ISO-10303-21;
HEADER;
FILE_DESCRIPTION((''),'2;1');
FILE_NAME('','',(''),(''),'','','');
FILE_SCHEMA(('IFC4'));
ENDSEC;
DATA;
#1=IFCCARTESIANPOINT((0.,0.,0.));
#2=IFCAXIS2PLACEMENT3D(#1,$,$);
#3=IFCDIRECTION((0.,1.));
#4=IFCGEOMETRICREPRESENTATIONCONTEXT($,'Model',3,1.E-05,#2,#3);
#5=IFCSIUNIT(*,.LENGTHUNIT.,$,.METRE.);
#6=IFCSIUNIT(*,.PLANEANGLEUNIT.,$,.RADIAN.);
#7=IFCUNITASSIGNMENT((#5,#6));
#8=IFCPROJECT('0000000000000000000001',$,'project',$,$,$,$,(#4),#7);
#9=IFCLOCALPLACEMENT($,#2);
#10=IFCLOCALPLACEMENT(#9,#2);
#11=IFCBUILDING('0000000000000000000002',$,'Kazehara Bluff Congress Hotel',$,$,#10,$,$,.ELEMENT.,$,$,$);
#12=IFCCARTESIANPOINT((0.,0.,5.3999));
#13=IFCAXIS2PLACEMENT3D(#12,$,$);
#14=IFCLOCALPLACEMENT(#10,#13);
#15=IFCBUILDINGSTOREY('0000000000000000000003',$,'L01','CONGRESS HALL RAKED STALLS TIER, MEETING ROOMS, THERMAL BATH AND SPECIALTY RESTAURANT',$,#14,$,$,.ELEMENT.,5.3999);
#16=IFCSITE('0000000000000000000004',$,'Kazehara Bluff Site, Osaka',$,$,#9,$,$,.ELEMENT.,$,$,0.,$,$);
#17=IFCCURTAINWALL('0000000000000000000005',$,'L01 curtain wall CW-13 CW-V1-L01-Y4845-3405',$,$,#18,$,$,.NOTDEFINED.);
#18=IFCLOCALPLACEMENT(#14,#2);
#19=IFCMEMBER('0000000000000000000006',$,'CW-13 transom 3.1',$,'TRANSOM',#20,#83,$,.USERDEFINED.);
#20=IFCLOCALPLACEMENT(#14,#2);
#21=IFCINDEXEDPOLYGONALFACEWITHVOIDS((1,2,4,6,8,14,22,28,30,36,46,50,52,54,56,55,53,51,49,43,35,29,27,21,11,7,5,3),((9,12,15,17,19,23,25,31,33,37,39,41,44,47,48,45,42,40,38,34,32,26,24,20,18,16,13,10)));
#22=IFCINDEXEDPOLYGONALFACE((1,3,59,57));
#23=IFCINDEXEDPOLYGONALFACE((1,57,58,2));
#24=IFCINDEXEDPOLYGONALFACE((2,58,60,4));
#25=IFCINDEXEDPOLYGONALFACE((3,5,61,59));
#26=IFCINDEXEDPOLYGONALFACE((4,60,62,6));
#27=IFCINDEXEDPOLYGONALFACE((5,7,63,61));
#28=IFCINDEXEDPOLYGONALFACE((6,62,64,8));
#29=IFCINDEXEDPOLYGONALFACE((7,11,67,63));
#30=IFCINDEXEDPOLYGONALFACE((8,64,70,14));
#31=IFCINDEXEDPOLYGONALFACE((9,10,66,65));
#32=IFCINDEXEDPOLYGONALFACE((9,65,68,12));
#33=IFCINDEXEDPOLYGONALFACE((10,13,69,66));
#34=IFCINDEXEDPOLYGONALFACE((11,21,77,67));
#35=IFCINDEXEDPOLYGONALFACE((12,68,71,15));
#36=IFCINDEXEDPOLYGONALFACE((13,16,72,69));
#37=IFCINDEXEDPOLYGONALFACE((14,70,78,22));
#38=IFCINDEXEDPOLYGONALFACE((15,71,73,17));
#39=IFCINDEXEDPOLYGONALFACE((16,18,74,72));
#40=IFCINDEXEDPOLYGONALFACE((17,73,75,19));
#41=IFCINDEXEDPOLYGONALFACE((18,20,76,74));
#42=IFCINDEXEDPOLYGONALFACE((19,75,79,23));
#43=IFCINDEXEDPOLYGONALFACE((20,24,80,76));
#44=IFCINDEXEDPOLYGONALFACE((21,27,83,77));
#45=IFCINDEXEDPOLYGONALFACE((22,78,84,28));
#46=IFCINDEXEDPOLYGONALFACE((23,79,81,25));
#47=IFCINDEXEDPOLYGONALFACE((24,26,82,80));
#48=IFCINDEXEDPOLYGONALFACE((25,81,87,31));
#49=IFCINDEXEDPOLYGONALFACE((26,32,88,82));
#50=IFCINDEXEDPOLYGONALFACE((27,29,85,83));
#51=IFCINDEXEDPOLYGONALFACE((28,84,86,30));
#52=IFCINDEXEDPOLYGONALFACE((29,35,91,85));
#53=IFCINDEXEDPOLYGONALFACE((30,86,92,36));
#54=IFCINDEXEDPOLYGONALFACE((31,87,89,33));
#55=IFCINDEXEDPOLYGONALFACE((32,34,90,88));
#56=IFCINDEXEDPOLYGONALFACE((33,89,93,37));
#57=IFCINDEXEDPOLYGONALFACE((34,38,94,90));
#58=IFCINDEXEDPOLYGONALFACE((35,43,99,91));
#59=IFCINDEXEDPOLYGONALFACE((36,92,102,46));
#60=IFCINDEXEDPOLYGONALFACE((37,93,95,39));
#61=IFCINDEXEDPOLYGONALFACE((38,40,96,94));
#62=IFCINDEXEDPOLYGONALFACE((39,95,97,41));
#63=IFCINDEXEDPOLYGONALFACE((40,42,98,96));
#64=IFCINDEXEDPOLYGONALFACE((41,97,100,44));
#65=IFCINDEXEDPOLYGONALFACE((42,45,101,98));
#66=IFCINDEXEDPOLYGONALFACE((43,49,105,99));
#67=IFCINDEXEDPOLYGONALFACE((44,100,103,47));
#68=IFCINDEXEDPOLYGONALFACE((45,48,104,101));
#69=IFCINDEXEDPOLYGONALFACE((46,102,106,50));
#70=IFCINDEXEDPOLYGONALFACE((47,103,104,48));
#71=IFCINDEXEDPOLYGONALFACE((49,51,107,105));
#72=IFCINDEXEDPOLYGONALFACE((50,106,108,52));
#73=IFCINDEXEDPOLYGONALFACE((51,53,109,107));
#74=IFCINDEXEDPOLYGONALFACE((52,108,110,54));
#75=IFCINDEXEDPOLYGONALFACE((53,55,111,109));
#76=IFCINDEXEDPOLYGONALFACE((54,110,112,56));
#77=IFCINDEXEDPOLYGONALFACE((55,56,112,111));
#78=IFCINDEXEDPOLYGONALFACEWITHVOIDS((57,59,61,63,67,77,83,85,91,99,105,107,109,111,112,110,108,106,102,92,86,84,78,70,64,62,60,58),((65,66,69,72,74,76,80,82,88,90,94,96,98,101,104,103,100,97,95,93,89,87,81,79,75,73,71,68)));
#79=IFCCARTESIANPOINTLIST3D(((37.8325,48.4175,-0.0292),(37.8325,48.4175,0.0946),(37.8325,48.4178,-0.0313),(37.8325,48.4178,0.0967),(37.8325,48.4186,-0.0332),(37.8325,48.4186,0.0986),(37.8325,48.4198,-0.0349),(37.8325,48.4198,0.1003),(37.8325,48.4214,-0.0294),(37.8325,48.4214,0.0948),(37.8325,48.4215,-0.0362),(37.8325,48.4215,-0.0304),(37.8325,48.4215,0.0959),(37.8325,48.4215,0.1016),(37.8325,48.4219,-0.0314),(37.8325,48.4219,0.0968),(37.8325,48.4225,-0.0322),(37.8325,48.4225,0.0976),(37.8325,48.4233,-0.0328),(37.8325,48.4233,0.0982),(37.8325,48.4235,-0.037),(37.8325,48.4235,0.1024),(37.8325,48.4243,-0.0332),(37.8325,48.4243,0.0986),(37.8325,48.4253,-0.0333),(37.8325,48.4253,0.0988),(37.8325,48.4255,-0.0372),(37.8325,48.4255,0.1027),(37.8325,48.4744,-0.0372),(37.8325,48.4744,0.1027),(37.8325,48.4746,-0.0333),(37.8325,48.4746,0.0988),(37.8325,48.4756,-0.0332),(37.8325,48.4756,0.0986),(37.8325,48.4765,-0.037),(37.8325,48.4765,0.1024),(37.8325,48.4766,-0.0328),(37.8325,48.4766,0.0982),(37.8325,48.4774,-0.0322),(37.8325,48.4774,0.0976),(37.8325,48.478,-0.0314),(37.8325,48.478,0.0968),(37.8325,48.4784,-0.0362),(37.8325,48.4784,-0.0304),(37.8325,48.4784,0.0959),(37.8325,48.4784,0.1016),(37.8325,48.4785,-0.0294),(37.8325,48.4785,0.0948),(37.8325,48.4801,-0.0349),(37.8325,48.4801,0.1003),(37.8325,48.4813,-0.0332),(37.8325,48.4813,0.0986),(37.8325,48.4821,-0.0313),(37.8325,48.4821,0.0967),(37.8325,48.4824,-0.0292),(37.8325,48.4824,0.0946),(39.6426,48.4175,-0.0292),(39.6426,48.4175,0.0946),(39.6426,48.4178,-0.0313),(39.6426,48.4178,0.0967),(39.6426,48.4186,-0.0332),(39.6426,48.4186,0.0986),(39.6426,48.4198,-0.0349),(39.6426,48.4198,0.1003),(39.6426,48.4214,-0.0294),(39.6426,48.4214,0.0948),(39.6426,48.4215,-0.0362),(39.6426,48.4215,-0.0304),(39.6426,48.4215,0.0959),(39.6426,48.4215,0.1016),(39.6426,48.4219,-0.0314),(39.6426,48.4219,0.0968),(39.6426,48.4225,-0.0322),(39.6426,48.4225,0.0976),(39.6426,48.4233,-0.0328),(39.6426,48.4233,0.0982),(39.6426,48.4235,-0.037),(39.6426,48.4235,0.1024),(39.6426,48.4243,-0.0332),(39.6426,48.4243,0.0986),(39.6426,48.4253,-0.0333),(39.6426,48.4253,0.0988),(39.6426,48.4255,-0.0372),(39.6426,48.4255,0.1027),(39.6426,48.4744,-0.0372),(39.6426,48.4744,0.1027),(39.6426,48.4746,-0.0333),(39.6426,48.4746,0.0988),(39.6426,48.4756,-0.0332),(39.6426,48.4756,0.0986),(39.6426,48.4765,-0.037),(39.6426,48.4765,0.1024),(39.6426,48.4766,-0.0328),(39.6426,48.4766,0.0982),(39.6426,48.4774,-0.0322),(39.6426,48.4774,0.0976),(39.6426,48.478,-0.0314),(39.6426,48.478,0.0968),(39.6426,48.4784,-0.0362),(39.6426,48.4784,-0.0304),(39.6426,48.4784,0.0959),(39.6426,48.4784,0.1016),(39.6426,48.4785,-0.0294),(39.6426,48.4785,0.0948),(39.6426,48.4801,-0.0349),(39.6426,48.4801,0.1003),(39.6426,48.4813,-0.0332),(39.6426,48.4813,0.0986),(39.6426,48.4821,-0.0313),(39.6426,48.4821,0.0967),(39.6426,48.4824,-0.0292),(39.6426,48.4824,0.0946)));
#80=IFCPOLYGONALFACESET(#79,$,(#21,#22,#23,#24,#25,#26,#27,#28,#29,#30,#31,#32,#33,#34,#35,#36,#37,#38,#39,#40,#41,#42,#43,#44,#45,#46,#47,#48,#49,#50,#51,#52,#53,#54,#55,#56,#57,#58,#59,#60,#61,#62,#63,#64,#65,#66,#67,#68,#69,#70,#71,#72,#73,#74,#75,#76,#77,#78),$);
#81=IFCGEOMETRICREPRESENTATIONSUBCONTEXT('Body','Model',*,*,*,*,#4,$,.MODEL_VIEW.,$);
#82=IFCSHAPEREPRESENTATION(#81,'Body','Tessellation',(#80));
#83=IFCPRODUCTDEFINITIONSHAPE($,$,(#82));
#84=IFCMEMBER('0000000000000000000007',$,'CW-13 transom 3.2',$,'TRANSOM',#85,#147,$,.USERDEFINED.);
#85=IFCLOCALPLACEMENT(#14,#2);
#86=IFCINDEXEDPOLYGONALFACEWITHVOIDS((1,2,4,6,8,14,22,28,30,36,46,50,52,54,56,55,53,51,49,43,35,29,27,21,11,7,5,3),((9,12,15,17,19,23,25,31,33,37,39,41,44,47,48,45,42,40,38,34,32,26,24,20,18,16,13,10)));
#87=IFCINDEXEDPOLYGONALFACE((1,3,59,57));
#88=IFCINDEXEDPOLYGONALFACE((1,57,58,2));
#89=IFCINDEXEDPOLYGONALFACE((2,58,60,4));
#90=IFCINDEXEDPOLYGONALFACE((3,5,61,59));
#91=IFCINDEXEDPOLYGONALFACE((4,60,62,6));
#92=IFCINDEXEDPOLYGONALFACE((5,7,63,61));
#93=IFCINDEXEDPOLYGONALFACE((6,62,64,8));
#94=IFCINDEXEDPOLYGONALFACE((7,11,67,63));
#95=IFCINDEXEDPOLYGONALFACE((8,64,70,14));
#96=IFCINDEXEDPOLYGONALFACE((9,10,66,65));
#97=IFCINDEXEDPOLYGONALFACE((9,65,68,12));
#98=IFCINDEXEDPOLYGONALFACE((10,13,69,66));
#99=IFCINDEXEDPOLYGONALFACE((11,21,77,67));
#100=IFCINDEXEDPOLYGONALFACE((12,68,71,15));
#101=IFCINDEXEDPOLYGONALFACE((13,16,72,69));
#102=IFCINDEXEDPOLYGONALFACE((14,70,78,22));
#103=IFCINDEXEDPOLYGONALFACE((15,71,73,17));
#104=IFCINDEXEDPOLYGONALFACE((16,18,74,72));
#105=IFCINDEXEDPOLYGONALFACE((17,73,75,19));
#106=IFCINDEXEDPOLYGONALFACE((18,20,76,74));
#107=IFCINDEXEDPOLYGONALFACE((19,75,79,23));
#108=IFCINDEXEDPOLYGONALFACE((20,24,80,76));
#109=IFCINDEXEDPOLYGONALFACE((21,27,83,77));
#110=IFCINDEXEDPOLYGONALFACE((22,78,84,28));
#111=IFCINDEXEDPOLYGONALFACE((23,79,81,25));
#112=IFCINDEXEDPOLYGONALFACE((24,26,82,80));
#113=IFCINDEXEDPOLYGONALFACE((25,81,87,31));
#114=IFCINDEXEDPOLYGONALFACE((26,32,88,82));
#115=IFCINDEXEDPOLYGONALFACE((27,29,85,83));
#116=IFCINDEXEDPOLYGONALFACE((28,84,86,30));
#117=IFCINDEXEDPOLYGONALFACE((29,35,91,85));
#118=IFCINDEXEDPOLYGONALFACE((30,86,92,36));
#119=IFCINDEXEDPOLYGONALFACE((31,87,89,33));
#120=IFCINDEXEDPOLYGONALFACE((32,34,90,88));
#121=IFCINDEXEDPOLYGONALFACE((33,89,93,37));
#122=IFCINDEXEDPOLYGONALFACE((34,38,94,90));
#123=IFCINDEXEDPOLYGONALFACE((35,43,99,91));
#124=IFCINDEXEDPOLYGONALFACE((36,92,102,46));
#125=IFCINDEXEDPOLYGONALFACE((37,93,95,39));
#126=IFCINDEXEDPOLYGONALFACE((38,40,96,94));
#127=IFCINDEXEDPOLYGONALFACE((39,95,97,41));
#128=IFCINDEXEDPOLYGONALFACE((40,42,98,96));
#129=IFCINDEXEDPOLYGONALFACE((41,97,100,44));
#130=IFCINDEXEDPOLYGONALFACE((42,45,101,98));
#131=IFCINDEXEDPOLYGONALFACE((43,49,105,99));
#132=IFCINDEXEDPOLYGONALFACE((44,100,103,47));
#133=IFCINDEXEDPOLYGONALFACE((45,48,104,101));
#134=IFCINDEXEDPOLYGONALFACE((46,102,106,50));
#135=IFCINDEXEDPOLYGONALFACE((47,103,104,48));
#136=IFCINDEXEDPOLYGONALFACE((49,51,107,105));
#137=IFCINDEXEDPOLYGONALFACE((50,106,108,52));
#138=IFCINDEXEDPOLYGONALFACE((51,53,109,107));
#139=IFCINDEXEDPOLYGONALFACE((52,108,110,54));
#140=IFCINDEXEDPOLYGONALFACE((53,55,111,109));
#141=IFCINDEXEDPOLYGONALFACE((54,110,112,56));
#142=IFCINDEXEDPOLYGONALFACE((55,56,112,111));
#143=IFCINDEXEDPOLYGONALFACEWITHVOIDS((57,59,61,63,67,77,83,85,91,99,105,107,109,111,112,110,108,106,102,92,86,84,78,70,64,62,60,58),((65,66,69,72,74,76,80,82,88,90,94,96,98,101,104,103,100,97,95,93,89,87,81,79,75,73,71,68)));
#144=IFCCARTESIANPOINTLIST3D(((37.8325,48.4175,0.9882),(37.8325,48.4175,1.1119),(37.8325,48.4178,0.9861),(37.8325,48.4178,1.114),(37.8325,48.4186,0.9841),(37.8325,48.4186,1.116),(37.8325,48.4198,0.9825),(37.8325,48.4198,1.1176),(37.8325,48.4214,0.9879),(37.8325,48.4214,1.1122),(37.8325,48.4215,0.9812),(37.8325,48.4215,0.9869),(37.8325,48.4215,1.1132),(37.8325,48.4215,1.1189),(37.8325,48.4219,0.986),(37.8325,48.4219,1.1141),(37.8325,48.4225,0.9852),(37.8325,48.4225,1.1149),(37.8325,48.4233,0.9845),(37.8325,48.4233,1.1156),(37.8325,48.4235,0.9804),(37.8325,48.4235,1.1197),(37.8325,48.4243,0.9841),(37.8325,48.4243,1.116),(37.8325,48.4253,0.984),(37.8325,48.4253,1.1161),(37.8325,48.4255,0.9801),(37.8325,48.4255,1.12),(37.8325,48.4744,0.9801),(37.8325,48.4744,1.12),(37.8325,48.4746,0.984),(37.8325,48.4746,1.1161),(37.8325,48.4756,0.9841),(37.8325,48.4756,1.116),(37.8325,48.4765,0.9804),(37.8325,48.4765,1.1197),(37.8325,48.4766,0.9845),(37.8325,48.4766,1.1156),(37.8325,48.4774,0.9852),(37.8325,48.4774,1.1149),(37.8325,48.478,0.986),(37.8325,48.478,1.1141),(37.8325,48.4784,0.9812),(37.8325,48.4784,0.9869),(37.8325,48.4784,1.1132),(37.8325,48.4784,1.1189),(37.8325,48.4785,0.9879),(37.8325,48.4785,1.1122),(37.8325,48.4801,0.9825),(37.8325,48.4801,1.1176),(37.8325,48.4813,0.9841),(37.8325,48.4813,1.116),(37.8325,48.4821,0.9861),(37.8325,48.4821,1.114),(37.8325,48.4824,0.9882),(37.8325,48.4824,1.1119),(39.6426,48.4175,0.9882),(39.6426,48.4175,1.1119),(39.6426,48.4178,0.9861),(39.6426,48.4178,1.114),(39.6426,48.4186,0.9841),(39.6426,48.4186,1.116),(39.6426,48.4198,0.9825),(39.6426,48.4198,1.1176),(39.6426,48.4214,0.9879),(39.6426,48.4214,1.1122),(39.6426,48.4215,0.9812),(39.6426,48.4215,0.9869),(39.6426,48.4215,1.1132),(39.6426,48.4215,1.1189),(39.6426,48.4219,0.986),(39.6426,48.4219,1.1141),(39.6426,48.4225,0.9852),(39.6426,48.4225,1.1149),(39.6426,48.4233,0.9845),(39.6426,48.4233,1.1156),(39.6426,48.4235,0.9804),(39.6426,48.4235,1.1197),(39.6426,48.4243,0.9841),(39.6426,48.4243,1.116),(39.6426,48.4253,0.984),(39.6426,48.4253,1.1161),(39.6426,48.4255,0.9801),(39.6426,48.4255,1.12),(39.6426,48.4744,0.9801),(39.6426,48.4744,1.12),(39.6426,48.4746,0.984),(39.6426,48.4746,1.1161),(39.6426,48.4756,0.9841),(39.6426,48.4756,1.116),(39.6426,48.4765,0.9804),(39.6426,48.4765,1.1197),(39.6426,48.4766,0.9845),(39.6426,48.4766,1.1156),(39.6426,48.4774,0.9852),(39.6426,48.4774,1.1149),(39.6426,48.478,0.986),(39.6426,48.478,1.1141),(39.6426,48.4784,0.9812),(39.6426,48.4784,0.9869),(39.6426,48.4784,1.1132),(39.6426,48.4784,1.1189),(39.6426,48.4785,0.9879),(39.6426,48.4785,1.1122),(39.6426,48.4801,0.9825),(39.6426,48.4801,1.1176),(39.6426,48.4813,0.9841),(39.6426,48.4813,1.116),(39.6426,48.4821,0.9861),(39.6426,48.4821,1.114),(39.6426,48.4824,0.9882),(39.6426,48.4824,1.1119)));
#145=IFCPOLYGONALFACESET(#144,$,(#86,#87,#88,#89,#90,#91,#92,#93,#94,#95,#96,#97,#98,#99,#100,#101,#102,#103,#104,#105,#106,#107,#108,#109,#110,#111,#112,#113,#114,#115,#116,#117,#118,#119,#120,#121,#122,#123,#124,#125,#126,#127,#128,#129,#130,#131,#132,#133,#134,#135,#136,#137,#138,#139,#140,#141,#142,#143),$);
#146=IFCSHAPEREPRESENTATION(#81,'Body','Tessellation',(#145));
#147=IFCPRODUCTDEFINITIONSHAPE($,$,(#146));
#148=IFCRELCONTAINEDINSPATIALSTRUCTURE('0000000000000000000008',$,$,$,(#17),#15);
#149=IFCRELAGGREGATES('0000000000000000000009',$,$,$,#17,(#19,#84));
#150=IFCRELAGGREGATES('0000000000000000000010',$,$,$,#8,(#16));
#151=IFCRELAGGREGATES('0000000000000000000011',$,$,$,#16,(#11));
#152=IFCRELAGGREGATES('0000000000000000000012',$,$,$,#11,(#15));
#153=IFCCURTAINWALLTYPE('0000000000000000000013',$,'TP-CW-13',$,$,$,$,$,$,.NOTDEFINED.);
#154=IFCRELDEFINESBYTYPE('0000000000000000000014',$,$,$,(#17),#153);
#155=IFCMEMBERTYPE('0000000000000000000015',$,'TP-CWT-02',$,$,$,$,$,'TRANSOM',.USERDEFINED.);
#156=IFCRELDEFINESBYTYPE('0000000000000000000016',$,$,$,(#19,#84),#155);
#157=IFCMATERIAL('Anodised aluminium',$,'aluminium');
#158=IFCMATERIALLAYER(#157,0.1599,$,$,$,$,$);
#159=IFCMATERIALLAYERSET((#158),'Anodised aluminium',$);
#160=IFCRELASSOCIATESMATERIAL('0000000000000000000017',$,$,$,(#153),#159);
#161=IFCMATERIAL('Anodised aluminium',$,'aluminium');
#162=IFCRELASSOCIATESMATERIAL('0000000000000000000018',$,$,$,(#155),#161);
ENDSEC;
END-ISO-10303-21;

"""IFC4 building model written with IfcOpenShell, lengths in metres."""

from ifc_helpers import new_model, si_unit, direction, frame, origin, origin_2d, place, context, subcontext, project, spatial, hollow_rectangle, extrude, material, layer, layer_set, material_profile, profile_set, type_object, element, aggregate, save


model = new_model("IFC4")

# Units and contexts
model_context = context("Model", 3, precision=1e-05, world=origin(), true_north=direction((0.0, 1.0)))
body_context = subcontext(model_context, "Body", "Model", "MODEL_VIEW")
ifc_project = project(units=[si_unit("LENGTHUNIT", "METRE"), si_unit("PLANEANGLEUNIT", "RADIAN")], contexts=[model_context])

# Site, building, storey
site_placement = place(None, origin())
site = spatial("IfcSite", under=ifc_project, at=site_placement, Name="Kazehara Bluff Site, Osaka", CompositionType="ELEMENT", RefElevation=0.0)
building_placement = place(site_placement, origin())
building = spatial("IfcBuilding", under=site, at=building_placement, Name="Kazehara Bluff Congress Hotel", CompositionType="ELEMENT")
storey_placement = place(building_placement, frame((0.0, 0.0, 5.3999)))
storey = spatial("IfcBuildingStorey", under=building, at=storey_placement, Name="L01", Description="CONGRESS HALL RAKED STALLS TIER, MEETING ROOMS, THERMAL BATH AND SPECIALTY RESTAURANT", CompositionType="ELEMENT", Elevation=5.3999)

# Curtain wall
ifc_material_1 = material(Name="Anodised aluminium", Category="aluminium")
ifc_layer_1 = layer(ifc_material_1, 0.1599)
ifc_layer_set_1 = layer_set([ifc_layer_1], Name="Anodised aluminium")
curtain_wall_type = type_object("IfcCurtainWallType", Name="TP-CW-13", PredefinedType="NOTDEFINED", material=ifc_layer_set_1)
curtain_wall_1_placement = place(storey_placement, origin())
curtain_wall_1 = element("IfcCurtainWall", 1, at=curtain_wall_1_placement, inside=storey, type_object=curtain_wall_type, Name="L01 curtain wall CW-13 CW-V1-L01-Y4845-3405", PredefinedType="NOTDEFINED")

# Members
ifc_material_2 = material(Name="Anodised aluminium", Category="aluminium")
ifc_material_profile_1 = material_profile(ifc_material_2, hollow_rectangle(XDim=0.0649, YDim=0.1399, WallThickness=0.0039, InnerFilletRadius=0.0039, OuterFilletRadius=0.0081, at=origin_2d()))
ifc_profile_set_1 = profile_set([ifc_material_profile_1], Name="Anodised aluminium")
member_type_1 = type_object("IfcMemberType", Name="TP-CWT-02", ElementType="TRANSOM", PredefinedType="USERDEFINED", material=ifc_profile_set_1)
member_1_placement = place(storey_placement, frame((37.8325, 48.45, 0.0327), z_axis=(1.0, 0.0, 0.0), x_axis=(0.0, 1.0, 0.0)))
member_1 = element("IfcMember", 2, at=member_1_placement, type_object=member_type_1, Name="CW-13 transom 3.1", ObjectType="TRANSOM", PredefinedType="USERDEFINED", context=body_context, shape_type="SweptSolid", body=[
    extrude(hollow_rectangle(XDim=0.0649, YDim=0.1399, WallThickness=0.0039, InnerFilletRadius=0.0039, OuterFilletRadius=0.0081, at=origin_2d()), origin(), (0.0, 0.0, 1.0), 1.8101),
])
member_2_placement = place(storey_placement, frame((37.8325, 48.45, 1.05), z_axis=(1.0, 0.0, 0.0), x_axis=(0.0, 1.0, 0.0)))
member_2 = element("IfcMember", 3, at=member_2_placement, type_object=member_type_1, Name="CW-13 transom 3.2", ObjectType="TRANSOM", PredefinedType="USERDEFINED", context=body_context, shape_type="SweptSolid", body=[
    extrude(hollow_rectangle(XDim=0.0649, YDim=0.1399, WallThickness=0.0039, InnerFilletRadius=0.0039, OuterFilletRadius=0.0081, at=origin_2d()), origin(), (0.0, 0.0, 1.0), 1.8101),
])

aggregate(curtain_wall_1, [member_1, member_2])

save(model, "model.ifc")
